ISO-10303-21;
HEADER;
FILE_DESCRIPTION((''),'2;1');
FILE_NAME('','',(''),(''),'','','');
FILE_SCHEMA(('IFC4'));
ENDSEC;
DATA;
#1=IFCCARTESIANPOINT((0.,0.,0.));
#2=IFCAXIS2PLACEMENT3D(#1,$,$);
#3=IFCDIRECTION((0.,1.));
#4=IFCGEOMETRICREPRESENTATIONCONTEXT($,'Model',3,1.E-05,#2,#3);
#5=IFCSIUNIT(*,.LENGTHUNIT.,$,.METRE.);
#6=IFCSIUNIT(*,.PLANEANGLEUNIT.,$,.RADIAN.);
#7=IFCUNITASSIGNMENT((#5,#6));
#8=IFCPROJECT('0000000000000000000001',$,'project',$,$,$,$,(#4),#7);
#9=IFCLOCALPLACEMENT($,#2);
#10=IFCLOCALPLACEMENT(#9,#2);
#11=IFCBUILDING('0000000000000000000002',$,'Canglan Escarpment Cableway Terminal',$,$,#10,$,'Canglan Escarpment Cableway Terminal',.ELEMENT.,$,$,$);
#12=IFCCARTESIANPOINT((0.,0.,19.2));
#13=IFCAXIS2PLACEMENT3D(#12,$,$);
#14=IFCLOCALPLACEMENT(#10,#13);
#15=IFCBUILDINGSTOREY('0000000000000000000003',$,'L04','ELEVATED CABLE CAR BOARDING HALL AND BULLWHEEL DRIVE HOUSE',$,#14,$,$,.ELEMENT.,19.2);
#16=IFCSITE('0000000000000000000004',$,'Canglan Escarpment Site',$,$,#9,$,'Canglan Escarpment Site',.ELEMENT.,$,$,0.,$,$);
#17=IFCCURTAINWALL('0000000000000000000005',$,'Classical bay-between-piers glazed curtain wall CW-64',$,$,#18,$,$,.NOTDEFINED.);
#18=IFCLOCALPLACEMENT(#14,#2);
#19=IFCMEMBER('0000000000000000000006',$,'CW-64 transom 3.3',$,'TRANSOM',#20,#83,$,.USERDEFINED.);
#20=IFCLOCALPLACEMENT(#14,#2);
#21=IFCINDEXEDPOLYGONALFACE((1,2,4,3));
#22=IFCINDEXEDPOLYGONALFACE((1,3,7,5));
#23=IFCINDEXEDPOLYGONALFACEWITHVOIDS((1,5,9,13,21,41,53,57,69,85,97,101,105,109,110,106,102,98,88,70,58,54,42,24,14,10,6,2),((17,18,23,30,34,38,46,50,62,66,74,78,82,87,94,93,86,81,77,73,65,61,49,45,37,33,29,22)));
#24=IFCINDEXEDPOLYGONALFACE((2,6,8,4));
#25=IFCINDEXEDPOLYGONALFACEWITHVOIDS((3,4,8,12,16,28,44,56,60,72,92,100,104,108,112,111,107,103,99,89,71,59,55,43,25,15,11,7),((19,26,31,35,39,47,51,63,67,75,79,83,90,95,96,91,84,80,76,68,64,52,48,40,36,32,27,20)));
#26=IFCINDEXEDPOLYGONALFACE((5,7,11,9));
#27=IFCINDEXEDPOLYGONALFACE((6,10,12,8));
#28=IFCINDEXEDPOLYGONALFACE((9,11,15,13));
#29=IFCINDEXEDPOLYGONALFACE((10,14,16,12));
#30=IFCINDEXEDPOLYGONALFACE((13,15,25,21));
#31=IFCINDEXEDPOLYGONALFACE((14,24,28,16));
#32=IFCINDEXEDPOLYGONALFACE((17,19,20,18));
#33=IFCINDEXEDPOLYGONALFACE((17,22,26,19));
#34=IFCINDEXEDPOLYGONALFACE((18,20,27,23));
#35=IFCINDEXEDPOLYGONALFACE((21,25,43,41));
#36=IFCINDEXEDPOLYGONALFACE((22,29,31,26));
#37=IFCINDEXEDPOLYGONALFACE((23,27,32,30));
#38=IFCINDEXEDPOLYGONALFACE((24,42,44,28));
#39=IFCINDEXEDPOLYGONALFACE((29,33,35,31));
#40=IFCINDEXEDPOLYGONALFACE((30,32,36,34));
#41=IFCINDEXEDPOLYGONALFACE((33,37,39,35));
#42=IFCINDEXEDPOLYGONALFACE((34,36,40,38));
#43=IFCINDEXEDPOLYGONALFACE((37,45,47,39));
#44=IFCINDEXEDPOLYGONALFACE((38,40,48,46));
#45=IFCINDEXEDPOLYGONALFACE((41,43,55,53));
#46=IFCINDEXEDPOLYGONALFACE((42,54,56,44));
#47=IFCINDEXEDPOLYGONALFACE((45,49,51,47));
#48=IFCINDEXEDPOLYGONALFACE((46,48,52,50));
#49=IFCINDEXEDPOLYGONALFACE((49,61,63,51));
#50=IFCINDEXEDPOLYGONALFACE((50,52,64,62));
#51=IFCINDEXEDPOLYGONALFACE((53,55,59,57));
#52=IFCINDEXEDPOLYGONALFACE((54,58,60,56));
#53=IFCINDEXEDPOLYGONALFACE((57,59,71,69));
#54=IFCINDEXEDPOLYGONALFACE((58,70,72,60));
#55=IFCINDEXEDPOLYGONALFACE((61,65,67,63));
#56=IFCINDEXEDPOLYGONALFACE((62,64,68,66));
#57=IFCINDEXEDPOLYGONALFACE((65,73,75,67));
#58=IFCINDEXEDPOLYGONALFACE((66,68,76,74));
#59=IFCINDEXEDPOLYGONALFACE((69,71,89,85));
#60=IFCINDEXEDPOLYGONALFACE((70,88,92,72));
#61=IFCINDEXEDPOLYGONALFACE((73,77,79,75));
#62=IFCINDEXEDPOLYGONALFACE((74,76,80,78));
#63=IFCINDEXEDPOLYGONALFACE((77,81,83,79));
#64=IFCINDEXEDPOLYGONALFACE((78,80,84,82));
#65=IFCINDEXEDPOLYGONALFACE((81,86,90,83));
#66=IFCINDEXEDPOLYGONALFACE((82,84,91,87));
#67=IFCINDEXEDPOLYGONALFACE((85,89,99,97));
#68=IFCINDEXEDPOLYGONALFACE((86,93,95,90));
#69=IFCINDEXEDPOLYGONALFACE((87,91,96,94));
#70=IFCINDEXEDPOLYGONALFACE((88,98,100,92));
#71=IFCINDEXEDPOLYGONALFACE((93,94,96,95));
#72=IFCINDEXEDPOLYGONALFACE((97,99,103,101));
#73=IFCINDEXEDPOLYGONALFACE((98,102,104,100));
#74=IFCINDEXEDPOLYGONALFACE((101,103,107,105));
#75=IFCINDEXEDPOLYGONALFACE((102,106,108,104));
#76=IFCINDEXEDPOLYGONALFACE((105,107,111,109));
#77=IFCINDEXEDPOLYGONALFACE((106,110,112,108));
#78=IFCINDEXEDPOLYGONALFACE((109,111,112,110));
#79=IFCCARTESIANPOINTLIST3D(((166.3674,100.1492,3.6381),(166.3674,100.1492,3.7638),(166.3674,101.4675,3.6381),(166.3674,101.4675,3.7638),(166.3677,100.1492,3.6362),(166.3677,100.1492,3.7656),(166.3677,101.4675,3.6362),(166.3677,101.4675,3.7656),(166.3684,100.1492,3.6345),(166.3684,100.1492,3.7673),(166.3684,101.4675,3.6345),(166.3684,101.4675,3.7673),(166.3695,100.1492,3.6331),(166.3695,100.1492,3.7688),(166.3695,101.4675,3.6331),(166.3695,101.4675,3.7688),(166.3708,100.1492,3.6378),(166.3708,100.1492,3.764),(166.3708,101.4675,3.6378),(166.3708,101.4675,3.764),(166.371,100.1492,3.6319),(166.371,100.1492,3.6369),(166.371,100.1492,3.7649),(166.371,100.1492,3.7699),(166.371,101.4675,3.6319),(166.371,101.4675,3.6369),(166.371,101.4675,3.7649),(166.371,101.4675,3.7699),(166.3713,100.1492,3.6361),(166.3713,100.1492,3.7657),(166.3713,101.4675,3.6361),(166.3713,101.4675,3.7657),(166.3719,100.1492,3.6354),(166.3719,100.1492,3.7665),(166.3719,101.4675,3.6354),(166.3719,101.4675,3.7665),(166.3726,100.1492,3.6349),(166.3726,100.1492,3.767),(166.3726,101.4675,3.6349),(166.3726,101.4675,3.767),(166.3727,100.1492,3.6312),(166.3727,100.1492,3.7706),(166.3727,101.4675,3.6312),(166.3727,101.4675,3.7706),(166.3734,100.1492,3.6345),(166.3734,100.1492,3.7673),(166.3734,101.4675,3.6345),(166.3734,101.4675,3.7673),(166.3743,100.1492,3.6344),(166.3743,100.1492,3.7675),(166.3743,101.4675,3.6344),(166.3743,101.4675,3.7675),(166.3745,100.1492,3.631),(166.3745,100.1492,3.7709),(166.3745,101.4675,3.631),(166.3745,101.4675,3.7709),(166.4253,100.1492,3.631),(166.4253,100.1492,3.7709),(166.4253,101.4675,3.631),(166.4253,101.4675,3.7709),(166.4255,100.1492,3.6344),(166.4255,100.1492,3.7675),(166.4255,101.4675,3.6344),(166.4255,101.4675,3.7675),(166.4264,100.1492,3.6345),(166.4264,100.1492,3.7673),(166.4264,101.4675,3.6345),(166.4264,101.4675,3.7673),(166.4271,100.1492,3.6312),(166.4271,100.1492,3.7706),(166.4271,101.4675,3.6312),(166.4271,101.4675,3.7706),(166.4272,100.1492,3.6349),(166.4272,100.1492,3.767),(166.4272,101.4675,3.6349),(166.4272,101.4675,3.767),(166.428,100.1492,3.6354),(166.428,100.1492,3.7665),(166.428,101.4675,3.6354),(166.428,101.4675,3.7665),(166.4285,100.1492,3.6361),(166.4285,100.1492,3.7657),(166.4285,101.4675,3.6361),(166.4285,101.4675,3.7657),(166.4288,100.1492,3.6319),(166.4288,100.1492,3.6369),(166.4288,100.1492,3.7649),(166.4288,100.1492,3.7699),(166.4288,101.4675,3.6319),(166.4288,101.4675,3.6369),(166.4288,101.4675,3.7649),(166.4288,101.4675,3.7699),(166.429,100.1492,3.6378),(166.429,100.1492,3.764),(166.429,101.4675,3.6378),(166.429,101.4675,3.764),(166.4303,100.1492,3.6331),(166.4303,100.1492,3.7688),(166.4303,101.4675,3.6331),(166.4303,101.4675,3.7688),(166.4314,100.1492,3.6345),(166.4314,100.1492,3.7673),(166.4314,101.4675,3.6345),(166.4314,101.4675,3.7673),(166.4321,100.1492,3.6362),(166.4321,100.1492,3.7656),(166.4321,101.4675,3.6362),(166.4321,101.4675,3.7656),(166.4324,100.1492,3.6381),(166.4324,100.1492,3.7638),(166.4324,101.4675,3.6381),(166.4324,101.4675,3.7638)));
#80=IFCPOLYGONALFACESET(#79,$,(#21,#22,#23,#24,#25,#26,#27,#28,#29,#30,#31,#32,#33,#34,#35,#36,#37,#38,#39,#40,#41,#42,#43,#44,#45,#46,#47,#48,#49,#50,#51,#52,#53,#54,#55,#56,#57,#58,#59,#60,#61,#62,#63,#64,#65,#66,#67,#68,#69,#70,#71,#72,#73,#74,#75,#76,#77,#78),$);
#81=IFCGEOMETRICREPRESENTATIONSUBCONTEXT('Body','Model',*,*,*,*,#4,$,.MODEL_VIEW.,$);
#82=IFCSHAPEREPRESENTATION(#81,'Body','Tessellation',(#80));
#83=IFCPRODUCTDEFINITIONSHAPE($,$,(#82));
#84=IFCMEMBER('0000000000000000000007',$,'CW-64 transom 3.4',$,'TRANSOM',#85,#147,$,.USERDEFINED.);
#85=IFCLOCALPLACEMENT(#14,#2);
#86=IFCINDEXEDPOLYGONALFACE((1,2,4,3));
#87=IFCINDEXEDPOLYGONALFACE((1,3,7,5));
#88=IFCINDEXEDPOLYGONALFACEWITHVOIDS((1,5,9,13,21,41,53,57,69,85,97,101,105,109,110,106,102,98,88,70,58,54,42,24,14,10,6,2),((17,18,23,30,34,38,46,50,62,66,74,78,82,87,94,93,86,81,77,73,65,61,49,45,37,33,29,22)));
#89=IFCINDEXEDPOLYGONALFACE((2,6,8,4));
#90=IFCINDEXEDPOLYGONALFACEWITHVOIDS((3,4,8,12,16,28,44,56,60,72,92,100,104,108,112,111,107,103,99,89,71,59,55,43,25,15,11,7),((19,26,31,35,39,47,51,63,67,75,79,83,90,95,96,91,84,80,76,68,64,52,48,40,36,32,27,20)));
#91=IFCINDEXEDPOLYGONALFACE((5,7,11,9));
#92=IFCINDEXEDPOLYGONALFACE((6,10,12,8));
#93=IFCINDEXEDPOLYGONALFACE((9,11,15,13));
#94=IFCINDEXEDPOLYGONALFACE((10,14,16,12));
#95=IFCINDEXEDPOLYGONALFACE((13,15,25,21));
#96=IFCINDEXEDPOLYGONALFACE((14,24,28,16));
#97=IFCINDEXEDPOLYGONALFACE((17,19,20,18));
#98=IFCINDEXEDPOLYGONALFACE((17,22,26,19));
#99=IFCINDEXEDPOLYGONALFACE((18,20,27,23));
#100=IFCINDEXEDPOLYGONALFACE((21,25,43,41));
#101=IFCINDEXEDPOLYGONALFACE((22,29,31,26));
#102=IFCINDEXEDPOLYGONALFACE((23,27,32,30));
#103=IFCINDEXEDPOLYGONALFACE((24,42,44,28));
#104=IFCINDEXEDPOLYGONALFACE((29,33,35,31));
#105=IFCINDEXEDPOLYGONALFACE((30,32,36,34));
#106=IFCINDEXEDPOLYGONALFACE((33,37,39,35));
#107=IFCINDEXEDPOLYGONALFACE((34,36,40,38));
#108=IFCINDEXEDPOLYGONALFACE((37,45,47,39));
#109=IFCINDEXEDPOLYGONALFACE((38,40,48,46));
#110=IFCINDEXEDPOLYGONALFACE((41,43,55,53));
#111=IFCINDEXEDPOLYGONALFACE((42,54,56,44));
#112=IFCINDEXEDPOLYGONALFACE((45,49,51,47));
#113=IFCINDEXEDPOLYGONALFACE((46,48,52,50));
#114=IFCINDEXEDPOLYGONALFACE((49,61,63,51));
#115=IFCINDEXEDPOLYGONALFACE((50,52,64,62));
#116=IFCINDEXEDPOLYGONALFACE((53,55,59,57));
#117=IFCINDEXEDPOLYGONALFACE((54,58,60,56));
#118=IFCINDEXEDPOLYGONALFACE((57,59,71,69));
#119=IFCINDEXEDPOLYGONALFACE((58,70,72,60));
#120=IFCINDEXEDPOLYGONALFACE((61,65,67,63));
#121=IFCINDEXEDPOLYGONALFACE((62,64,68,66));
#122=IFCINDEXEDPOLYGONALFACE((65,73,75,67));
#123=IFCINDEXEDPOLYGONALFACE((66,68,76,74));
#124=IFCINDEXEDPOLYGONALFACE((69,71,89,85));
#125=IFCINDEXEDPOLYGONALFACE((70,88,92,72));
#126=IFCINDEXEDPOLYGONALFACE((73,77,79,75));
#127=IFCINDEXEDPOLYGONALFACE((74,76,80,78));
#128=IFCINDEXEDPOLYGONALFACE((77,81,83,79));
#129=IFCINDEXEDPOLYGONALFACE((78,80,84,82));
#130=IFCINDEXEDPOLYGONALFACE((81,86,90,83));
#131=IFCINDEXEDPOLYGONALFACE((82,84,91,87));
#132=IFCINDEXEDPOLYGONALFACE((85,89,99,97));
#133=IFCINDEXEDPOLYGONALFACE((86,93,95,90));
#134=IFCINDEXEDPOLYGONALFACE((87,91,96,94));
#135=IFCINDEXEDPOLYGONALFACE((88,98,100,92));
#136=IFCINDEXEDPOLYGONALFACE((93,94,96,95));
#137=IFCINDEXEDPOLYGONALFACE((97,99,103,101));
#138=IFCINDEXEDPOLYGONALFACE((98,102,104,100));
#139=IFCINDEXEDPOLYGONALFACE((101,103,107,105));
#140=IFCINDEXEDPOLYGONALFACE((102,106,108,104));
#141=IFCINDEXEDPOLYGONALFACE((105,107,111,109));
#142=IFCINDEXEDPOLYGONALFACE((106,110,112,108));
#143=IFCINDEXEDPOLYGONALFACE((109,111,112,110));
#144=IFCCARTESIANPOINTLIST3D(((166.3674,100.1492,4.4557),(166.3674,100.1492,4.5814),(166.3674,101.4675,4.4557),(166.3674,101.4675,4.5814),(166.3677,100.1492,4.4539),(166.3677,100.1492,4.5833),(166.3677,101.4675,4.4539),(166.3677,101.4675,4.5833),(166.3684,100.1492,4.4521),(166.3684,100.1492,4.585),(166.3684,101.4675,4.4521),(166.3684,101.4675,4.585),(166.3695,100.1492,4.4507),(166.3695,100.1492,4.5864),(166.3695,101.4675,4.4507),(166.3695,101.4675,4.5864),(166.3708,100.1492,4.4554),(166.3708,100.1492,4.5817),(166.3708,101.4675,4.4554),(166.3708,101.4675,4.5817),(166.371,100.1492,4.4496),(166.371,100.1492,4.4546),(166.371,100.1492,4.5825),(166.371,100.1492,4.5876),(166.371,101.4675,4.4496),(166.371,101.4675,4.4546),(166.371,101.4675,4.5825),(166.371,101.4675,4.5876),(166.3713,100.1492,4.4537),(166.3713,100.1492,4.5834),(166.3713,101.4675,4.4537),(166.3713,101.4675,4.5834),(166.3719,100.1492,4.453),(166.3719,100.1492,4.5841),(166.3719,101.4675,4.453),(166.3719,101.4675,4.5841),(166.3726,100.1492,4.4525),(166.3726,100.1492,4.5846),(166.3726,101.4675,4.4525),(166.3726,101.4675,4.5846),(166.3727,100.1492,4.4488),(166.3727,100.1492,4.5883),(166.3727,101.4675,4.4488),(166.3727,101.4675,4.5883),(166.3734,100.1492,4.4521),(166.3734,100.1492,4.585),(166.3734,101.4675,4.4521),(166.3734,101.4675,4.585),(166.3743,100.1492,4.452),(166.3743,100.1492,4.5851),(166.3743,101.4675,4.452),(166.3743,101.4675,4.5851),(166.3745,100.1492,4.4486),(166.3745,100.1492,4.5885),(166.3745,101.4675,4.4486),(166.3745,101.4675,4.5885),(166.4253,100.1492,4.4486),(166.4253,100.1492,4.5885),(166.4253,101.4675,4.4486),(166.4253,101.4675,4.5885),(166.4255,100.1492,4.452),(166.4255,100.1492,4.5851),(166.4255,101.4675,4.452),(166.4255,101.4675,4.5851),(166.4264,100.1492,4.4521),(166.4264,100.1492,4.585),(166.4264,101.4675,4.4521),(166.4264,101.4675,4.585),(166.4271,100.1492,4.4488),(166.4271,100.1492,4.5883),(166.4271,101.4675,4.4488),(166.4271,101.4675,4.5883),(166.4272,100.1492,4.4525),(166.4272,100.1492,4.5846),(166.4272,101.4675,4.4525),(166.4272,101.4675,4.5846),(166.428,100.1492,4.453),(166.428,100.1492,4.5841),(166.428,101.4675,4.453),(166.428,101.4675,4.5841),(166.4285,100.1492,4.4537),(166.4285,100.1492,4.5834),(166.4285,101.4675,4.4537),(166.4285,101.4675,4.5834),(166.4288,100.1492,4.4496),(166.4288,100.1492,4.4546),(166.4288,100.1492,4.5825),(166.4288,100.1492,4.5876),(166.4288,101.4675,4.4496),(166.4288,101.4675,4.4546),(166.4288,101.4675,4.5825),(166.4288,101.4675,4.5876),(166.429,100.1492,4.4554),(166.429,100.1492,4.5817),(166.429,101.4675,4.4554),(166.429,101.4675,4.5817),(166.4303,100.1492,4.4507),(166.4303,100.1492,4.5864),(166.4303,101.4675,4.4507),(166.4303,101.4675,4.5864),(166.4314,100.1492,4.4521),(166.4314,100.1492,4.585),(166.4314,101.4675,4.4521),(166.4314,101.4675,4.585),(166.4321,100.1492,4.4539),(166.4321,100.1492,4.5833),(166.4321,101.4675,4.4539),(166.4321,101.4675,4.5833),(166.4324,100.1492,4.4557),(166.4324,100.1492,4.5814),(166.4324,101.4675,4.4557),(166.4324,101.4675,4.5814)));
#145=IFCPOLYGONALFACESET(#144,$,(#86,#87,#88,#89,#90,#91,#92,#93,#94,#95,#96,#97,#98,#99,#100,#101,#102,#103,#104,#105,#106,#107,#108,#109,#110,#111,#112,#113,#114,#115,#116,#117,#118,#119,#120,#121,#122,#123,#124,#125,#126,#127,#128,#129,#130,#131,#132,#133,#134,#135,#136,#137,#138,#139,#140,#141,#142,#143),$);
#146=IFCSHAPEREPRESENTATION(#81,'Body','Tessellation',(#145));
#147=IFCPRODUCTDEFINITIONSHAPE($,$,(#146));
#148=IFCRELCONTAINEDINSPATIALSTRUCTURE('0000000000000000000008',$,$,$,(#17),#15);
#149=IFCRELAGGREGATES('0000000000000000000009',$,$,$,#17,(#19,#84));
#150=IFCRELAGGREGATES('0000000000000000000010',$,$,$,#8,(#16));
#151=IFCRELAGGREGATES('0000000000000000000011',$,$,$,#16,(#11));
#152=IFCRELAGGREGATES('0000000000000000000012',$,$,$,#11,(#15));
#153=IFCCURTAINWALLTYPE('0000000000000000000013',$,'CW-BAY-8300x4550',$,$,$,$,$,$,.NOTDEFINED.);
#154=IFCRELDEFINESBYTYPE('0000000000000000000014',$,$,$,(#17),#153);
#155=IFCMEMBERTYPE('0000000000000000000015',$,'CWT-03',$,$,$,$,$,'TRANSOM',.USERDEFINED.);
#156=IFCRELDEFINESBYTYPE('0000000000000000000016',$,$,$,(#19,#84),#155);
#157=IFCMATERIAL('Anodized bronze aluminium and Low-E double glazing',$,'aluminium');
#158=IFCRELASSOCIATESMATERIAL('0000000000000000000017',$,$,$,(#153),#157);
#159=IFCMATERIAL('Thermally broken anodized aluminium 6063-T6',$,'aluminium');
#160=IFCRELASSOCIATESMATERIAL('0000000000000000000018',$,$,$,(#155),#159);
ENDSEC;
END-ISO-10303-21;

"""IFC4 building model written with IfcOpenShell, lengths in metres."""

from ifc_helpers import new_model, si_unit, direction, frame, origin, origin_2d, place, context, subcontext, project, spatial, hollow_rectangle, extrude, material, material_profile, profile_set, type_object, element, aggregate, save


model = new_model("IFC4")

# Units and contexts
model_context = context("Model", 3, precision=1e-05, world=origin(), true_north=direction((0.0, 1.0)))
body_context = subcontext(model_context, "Body", "Model", "MODEL_VIEW")
ifc_project = project(units=[si_unit("LENGTHUNIT", "METRE"), si_unit("PLANEANGLEUNIT", "RADIAN")], contexts=[model_context])

# Site, building, storey
site_placement = place(None, origin())
site = spatial("IfcSite", under=ifc_project, at=site_placement, Name="Canglan Escarpment Site", LongName="Canglan Escarpment Site", CompositionType="ELEMENT", RefElevation=0.0)
building_placement = place(site_placement, origin())
building = spatial("IfcBuilding", under=site, at=building_placement, Name="Canglan Escarpment Cableway Terminal", LongName="Canglan Escarpment Cableway Terminal", CompositionType="ELEMENT")
storey_placement = place(building_placement, frame((0.0, 0.0, 19.2)))
storey = spatial("IfcBuildingStorey", under=building, at=storey_placement, Name="L04", Description="ELEVATED CABLE CAR BOARDING HALL AND BULLWHEEL DRIVE HOUSE", CompositionType="ELEMENT", Elevation=19.2)

# Curtain wall, members
ifc_material_1 = material(Name="Anodized bronze aluminium and Low-E double glazing", Category="aluminium")
curtain_wall_type = type_object("IfcCurtainWallType", Name="CW-BAY-8300x4550", PredefinedType="NOTDEFINED", material=ifc_material_1)
curtain_wall_placement = place(storey_placement, origin())
curtain_wall = element("IfcCurtainWall", 1, at=curtain_wall_placement, inside=storey, type_object=curtain_wall_type, Name="Classical bay-between-piers glazed curtain wall CW-64", PredefinedType="NOTDEFINED")
ifc_material_2 = material(Name="Thermally broken anodized aluminium 6063-T6", Category="aluminium")
ifc_material_profile_1 = material_profile(ifc_material_2, hollow_rectangle(XDim=0.0649, YDim=0.1399, WallThickness=0.0034, InnerFilletRadius=0.0034, OuterFilletRadius=0.0071, at=origin_2d()), Name="ALU-TRAN 65x140x3.5")
ifc_profile_set_1 = profile_set([ifc_material_profile_1], Name="Thermally broken anodized aluminium 6063-T6")
member_type_1 = type_object("IfcMemberType", Name="CWT-03", ElementType="TRANSOM", PredefinedType="USERDEFINED", material=ifc_profile_set_1)
member_1_placement = place(storey_placement, frame((166.3999, 100.1492, 3.7009), z_axis=(0.0, 1.0, 0.0), x_axis=(-1.0, 0.0, 0.0)))
member_1 = element("IfcMember", 2, at=member_1_placement, type_object=member_type_1, Name="CW-64 transom 3.3", ObjectType="TRANSOM", PredefinedType="USERDEFINED", context=body_context, shape_type="SweptSolid", body=[
    extrude(hollow_rectangle(XDim=0.0649, YDim=0.1399, WallThickness=0.0034, InnerFilletRadius=0.0034, OuterFilletRadius=0.0071, at=origin_2d()), origin(), (0.0, 0.0, 1.0), 1.3184),
])
member_2_placement = place(storey_placement, frame((166.3999, 100.1492, 4.5186), z_axis=(0.0, 1.0, 0.0), x_axis=(-1.0, 0.0, 0.0)))
member_2 = element("IfcMember", 3, at=member_2_placement, type_object=member_type_1, Name="CW-64 transom 3.4", ObjectType="TRANSOM", PredefinedType="USERDEFINED", context=body_context, shape_type="SweptSolid", body=[
    extrude(hollow_rectangle(XDim=0.0649, YDim=0.1399, WallThickness=0.0034, InnerFilletRadius=0.0034, OuterFilletRadius=0.0071, at=origin_2d()), origin(), (0.0, 0.0, 1.0), 1.3184),
])
aggregate(curtain_wall, [member_1, member_2])

save(model, "model.ifc")
